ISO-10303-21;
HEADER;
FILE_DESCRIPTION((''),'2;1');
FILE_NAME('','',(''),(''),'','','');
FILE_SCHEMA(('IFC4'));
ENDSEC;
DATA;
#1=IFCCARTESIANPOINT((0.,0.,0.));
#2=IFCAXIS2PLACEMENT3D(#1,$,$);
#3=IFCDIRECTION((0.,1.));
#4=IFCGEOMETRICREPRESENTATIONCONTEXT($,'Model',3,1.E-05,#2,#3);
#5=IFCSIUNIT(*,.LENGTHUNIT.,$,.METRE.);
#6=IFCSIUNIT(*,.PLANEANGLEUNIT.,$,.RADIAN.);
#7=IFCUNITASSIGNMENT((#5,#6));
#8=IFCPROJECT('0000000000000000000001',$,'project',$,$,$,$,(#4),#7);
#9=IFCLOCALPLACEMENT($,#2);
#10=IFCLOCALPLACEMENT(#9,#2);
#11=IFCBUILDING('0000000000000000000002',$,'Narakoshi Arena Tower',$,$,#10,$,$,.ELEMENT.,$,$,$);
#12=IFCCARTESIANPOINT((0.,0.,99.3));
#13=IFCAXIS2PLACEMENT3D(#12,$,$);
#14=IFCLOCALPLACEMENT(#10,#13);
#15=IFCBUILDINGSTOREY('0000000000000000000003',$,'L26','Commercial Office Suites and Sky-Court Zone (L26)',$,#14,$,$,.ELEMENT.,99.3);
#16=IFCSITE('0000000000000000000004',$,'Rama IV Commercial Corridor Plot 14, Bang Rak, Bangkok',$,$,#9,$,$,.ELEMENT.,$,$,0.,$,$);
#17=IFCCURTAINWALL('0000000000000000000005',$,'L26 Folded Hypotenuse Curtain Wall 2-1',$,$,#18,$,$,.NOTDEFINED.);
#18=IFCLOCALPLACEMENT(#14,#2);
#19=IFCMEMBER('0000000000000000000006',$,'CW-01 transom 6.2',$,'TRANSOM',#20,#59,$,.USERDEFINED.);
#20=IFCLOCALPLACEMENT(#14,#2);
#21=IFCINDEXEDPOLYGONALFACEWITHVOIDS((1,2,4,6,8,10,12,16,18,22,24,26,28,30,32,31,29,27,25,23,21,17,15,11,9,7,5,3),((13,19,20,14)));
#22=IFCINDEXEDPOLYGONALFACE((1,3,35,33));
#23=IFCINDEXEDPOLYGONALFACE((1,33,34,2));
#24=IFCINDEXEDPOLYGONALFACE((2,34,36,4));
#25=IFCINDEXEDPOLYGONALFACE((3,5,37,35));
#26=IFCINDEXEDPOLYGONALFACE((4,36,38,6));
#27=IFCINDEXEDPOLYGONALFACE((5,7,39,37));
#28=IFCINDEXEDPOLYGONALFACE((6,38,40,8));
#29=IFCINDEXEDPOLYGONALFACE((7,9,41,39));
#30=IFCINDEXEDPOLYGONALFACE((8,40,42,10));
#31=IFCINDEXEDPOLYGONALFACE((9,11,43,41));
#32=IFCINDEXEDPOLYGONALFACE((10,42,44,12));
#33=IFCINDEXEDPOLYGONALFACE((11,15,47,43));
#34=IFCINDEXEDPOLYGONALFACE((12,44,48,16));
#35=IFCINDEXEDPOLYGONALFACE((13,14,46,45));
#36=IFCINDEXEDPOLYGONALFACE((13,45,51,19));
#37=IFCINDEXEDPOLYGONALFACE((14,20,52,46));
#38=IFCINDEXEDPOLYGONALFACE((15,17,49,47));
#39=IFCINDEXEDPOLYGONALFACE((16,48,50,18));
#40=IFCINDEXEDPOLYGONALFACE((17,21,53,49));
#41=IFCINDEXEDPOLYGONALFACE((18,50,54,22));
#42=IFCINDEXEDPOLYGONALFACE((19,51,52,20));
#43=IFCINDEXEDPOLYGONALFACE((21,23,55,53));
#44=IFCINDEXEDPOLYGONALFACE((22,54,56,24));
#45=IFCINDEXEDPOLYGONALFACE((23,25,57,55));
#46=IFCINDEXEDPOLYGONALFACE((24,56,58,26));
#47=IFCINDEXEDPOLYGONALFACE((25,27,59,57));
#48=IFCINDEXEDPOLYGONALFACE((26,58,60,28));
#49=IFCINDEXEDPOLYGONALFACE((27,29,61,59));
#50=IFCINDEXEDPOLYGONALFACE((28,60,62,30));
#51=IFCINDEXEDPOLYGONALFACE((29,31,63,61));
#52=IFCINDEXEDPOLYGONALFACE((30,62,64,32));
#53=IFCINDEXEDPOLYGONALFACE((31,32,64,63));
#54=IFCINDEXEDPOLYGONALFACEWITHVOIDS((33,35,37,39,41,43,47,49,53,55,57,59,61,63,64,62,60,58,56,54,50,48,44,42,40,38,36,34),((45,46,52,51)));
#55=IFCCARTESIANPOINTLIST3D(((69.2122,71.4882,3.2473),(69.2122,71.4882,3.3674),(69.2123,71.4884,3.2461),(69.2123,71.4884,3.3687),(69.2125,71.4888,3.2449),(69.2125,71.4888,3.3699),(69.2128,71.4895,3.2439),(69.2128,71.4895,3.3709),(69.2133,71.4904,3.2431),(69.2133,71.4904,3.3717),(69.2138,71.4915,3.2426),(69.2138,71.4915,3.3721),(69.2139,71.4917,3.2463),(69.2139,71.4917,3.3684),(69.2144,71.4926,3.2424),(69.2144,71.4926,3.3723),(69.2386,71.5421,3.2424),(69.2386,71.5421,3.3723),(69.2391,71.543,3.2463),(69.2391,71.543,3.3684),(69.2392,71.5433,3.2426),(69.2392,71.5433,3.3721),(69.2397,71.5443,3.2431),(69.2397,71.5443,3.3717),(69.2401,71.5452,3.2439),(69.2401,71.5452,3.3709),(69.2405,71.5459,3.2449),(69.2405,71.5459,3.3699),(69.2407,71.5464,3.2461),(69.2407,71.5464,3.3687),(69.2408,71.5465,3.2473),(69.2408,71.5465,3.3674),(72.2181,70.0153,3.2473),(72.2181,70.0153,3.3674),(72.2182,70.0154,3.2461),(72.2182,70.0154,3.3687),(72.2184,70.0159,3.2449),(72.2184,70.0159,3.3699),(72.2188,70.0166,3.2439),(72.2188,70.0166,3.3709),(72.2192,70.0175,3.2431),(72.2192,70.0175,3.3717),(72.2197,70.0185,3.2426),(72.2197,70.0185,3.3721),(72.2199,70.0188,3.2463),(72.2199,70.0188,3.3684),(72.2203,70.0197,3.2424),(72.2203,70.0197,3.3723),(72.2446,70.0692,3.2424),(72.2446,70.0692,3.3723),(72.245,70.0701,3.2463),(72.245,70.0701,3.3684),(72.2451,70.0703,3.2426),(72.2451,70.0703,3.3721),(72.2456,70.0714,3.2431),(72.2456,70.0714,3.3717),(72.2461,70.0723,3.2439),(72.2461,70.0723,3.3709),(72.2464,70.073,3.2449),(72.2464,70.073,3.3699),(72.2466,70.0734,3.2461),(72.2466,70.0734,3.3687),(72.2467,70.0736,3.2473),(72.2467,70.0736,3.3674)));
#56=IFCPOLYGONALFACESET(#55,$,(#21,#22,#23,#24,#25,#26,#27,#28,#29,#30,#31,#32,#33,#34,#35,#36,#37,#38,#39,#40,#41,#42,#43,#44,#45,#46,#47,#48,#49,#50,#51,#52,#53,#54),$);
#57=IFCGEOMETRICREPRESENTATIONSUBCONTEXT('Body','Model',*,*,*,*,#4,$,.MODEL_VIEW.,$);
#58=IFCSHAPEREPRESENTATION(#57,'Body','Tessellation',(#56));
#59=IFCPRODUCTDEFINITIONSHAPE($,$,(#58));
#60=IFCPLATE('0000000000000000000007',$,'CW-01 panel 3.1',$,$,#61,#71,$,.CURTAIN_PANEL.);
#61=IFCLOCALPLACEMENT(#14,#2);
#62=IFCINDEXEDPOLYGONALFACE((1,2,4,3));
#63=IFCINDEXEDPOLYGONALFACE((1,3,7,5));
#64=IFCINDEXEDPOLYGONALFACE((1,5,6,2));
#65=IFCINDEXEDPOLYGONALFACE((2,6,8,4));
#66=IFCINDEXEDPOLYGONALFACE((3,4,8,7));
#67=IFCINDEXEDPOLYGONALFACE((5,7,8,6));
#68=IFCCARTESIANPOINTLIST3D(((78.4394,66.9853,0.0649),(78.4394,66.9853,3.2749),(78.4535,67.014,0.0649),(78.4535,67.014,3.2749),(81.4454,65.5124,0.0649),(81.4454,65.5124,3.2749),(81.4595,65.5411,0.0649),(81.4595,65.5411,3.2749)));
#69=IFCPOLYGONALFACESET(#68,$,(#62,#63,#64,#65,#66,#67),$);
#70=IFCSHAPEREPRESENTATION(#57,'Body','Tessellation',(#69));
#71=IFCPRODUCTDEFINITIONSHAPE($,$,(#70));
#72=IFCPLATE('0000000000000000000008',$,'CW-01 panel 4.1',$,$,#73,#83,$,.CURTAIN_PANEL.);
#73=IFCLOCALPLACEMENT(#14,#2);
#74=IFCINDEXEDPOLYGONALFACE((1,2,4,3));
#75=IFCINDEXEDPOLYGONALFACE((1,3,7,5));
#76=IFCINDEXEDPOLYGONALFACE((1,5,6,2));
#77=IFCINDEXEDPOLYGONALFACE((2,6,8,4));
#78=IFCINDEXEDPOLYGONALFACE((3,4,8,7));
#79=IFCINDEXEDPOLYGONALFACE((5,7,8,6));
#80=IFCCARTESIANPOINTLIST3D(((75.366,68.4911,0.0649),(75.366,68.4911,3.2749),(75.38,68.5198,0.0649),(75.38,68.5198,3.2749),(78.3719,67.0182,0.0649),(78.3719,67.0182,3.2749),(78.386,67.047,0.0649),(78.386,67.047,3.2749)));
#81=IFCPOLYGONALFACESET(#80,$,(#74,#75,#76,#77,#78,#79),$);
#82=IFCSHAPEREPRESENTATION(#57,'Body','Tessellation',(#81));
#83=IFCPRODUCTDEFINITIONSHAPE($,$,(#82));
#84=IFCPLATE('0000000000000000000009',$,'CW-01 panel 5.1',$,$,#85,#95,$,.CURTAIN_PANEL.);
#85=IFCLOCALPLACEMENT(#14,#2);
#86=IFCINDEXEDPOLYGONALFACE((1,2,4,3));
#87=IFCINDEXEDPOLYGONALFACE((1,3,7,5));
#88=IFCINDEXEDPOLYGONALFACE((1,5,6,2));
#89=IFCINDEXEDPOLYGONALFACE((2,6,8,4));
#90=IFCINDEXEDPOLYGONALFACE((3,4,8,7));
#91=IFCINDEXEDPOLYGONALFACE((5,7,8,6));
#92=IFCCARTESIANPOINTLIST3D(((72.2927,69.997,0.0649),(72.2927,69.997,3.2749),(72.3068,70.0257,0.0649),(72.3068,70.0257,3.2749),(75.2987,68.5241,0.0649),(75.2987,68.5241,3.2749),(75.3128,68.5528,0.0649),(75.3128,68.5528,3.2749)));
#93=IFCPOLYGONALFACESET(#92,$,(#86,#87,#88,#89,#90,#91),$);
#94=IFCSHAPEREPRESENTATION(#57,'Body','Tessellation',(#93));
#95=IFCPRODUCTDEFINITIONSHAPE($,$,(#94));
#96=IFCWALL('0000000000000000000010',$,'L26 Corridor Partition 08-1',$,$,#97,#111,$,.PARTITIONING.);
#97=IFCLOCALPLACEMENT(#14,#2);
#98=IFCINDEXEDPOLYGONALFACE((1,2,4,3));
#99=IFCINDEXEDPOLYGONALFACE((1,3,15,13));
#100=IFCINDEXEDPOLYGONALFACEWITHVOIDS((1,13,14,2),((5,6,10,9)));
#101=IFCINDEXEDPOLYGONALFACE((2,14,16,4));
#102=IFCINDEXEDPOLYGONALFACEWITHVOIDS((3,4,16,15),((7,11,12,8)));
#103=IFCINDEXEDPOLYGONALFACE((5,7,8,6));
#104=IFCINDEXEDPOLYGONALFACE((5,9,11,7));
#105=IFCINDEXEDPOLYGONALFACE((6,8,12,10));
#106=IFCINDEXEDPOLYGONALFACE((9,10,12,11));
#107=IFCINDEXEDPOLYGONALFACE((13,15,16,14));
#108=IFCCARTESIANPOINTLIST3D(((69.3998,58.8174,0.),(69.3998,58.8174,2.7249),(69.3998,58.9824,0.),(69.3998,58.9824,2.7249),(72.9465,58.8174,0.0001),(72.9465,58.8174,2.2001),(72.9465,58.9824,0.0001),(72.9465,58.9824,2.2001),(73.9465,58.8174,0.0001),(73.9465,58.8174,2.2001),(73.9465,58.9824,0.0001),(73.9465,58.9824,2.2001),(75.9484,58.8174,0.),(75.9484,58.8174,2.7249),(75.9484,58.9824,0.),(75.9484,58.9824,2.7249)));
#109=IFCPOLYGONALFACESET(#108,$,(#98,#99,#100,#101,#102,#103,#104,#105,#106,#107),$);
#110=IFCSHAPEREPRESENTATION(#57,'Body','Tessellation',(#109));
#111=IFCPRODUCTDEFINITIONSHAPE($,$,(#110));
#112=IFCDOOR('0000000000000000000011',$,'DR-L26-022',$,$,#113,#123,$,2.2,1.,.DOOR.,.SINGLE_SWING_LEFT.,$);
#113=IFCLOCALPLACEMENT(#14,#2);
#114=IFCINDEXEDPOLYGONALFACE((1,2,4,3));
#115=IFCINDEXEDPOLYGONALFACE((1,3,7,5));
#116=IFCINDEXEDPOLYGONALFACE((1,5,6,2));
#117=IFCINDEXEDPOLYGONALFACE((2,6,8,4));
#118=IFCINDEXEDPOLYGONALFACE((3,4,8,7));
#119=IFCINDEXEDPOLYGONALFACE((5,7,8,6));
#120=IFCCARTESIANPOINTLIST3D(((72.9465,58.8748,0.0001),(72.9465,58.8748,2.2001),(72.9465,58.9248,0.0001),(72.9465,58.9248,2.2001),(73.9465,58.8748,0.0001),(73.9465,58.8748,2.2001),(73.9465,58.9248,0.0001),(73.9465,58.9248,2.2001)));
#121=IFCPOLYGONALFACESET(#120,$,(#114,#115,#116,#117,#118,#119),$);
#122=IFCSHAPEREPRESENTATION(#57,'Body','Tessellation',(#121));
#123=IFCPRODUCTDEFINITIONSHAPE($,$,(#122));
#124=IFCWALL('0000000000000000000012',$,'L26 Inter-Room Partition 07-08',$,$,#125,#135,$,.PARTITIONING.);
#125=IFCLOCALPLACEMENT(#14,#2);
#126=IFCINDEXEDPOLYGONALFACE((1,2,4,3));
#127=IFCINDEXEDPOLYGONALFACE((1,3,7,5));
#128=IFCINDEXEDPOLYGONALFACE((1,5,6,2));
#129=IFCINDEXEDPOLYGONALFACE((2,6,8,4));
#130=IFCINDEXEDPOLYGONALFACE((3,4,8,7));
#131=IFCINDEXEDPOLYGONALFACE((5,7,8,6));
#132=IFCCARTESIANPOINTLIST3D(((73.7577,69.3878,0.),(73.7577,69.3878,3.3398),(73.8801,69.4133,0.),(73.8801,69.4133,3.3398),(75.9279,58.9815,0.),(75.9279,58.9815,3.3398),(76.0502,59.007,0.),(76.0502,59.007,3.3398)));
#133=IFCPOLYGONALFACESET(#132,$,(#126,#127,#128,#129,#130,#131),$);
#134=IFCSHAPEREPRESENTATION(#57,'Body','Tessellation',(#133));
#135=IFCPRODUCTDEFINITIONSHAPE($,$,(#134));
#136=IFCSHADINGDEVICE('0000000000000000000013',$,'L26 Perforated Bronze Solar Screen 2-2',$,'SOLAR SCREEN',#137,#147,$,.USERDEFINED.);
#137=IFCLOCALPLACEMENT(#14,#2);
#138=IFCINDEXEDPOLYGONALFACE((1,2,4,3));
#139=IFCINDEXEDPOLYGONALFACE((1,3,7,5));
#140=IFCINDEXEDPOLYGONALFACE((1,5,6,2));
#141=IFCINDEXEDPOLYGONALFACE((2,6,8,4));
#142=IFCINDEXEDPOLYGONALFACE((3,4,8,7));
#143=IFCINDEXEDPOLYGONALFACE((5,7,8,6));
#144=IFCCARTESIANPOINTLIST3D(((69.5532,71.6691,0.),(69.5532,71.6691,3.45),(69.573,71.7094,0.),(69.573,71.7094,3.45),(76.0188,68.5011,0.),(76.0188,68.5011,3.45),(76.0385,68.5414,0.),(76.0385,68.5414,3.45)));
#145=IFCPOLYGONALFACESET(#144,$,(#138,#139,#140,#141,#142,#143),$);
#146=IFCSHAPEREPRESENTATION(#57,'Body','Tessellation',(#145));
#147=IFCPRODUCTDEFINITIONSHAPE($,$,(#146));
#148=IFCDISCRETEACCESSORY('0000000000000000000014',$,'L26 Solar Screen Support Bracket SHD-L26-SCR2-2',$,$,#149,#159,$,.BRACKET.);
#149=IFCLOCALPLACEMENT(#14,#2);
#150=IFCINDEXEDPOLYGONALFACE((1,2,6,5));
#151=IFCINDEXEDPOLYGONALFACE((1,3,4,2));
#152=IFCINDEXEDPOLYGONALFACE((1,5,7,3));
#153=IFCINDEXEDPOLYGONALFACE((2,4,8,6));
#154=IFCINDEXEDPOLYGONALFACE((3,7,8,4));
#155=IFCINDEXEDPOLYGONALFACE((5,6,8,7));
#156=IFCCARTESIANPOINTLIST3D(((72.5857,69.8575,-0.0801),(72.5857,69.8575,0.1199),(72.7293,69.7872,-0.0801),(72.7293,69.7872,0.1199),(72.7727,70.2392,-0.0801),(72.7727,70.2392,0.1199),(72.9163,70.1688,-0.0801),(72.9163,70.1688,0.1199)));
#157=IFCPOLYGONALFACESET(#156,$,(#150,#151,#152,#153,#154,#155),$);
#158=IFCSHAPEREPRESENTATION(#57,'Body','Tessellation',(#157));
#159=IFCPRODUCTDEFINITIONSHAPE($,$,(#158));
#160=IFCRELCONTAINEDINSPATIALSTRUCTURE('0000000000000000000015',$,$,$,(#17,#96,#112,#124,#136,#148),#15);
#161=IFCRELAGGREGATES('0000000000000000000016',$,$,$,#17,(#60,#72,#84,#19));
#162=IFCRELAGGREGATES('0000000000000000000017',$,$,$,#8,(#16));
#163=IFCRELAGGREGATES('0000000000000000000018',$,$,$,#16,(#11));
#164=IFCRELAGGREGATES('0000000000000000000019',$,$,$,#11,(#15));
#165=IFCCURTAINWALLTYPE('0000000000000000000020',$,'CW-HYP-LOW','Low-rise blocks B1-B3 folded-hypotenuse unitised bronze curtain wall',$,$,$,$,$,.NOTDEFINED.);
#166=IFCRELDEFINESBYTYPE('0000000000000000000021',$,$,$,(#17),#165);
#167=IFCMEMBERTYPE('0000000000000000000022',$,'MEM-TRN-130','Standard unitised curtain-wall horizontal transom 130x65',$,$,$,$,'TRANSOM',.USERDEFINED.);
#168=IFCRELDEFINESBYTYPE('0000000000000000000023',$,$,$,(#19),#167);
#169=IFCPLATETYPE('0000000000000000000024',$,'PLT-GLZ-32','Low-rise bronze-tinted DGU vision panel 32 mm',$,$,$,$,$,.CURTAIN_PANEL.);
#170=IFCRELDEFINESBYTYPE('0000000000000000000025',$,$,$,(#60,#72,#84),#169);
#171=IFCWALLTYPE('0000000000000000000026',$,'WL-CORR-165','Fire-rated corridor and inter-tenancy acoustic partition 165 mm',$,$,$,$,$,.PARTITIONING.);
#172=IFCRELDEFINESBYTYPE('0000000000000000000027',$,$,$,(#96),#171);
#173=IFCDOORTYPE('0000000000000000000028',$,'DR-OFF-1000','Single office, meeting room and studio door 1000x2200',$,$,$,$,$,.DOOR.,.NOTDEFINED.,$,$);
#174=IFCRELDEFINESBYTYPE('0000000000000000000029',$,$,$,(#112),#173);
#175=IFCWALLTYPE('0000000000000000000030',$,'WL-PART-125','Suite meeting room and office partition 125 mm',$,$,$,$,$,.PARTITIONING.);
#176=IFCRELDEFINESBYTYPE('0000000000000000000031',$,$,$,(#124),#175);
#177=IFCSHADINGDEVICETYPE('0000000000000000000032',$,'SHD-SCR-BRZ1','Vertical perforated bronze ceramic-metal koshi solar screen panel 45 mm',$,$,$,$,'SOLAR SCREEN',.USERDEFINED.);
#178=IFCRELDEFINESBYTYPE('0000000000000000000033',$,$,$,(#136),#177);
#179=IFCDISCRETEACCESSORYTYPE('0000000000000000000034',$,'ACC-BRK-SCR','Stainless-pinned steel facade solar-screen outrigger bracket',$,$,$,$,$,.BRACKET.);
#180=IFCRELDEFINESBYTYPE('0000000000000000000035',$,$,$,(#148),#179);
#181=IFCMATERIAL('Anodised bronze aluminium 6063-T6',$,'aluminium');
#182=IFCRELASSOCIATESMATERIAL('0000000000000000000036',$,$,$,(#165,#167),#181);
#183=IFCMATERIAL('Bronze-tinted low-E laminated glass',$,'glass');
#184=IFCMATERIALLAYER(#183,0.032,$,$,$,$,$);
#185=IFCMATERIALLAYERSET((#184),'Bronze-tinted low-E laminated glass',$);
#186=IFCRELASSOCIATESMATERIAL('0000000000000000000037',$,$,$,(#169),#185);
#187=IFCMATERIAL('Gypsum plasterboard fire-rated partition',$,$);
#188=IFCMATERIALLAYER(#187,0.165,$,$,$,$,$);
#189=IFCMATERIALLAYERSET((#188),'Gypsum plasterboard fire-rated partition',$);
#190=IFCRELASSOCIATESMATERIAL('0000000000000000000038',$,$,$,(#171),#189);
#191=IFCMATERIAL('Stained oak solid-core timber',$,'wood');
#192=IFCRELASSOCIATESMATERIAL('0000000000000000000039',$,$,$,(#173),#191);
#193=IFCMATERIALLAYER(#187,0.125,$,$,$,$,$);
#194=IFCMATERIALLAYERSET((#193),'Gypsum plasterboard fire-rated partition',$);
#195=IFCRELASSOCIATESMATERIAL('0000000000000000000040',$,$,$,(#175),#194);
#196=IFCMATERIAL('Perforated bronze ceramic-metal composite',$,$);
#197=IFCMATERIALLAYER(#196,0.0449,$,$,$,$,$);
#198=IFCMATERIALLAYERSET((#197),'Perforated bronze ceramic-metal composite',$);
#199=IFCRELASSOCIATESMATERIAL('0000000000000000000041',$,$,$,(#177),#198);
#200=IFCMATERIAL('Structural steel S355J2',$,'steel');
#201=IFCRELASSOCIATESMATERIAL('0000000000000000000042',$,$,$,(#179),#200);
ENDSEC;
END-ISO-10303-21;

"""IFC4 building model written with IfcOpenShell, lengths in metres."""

from ifc_helpers import new_model, si_unit, direction, frame, frame_2d, origin, origin_2d, place, context, subcontext, project, spatial, rectangle, hollow_rectangle, extrude, material, layer, layer_set, material_profile, profile_set, type_object, element, fill, aggregate, save


model = new_model("IFC4")

# Units and contexts
model_context = context("Model", 3, precision=1e-05, world=origin(), true_north=direction((0.0, 1.0)))
body_context = subcontext(model_context, "Body", "Model", "MODEL_VIEW")
ifc_project = project(units=[si_unit("LENGTHUNIT", "METRE"), si_unit("PLANEANGLEUNIT", "RADIAN")], contexts=[model_context])

# Site, building, storey
site_placement = place(None, origin())
site = spatial("IfcSite", under=ifc_project, at=site_placement, Name="Rama IV Commercial Corridor Plot 14, Bang Rak, Bangkok", CompositionType="ELEMENT", RefElevation=0.0)
building_placement = place(site_placement, origin())
building = spatial("IfcBuilding", under=site, at=building_placement, Name="Narakoshi Arena Tower", CompositionType="ELEMENT")
storey_placement = place(building_placement, frame((0.0, 0.0, 99.3)))
storey = spatial("IfcBuildingStorey", under=building, at=storey_placement, Name="L26", Description="Commercial Office Suites and Sky-Court Zone (L26)", CompositionType="ELEMENT", Elevation=99.3)

# Curtain wall, member, plates
ifc_material_1 = material(Name="Anodised bronze aluminium 6063-T6", Category="aluminium")
curtain_wall_type = type_object("IfcCurtainWallType", Name="CW-HYP-LOW", Description="Low-rise blocks B1-B3 folded-hypotenuse unitised bronze curtain wall", PredefinedType="NOTDEFINED", material=ifc_material_1)
curtain_wall_placement = place(storey_placement, origin())
curtain_wall = element("IfcCurtainWall", 1, at=curtain_wall_placement, inside=storey, type_object=curtain_wall_type, Name="L26 Folded Hypotenuse Curtain Wall 2-1", PredefinedType="NOTDEFINED")
ifc_material_profile_1 = material_profile(ifc_material_1, hollow_rectangle(XDim=0.0649, YDim=0.1299, WallThickness=0.0039, OuterFilletRadius=0.0049, at=origin_2d()), Name="TRN130x65x4")
ifc_profile_set_1 = profile_set([ifc_material_profile_1], Name="Anodised bronze aluminium 6063-T6")
member_type_1 = type_object("IfcMemberType", Name="MEM-TRN-130", Description="Standard unitised curtain-wall horizontal transom 130x65", ElementType="TRANSOM", PredefinedType="USERDEFINED", material=ifc_profile_set_1)
member_1_placement = place(storey_placement, frame((72.2324, 70.0444, 3.3074), z_axis=(-0.897987, 0.440022, 0.0), x_axis=(-0.440022, -0.897987, 0.0)))
member_1 = element("IfcMember", 2, at=member_1_placement, type_object=member_type_1, Name="CW-01 transom 6.2", ObjectType="TRANSOM", PredefinedType="USERDEFINED", context=body_context, shape_type="SweptSolid", body=[
    extrude(hollow_rectangle(XDim=0.0649, YDim=0.1299, WallThickness=0.0039, OuterFilletRadius=0.0049, at=origin_2d()), origin(), (0.0, 0.0, 1.0), 3.3474),
])
ifc_material_2 = material(Name="Bronze-tinted low-E laminated glass", Category="glass")
ifc_layer_1 = layer(ifc_material_2, 0.032)
ifc_layer_set_1 = layer_set([ifc_layer_1], Name="Bronze-tinted low-E laminated glass")
plate_type = type_object("IfcPlateType", Name="PLT-GLZ-32", Description="Low-rise bronze-tinted DGU vision panel 32 mm", PredefinedType="CURTAIN_PANEL", material=ifc_layer_set_1)
plate_1_placement = place(storey_placement, frame((79.9495, 66.2632, 0.0649), z_axis=(0.0, 0.0, 1.0), x_axis=(-0.897996, 0.440005, 0.0)))
plate_1 = element("IfcPlate", 3, at=plate_1_placement, type_object=plate_type, Name="CW-01 panel 3.1", PredefinedType="CURTAIN_PANEL", context=body_context, shape_type="SweptSolid", body=[
    extrude(rectangle(XDim=3.3474, YDim=0.032, at=origin_2d()), origin(), (0.0, 0.0, 1.0), 3.21),
])
plate_2_placement = place(storey_placement, frame((76.876, 67.769, 0.0649), z_axis=(0.0, 0.0, 1.0), x_axis=(-0.897996, 0.440005, 0.0)))
plate_2 = element("IfcPlate", 4, at=plate_2_placement, type_object=plate_type, Name="CW-01 panel 4.1", PredefinedType="CURTAIN_PANEL", context=body_context, shape_type="SweptSolid", body=[
    extrude(rectangle(XDim=3.3474, YDim=0.032, at=origin_2d()), origin(), (0.0, 0.0, 1.0), 3.21),
])
plate_3_placement = place(storey_placement, frame((73.8027, 69.2749, 0.0649), z_axis=(0.0, 0.0, 1.0), x_axis=(-0.897996, 0.440005, 0.0)))
plate_3 = element("IfcPlate", 5, at=plate_3_placement, type_object=plate_type, Name="CW-01 panel 5.1", PredefinedType="CURTAIN_PANEL", context=body_context, shape_type="SweptSolid", body=[
    extrude(rectangle(XDim=3.3474, YDim=0.032, at=origin_2d()), origin(), (0.0, 0.0, 1.0), 3.21),
])
aggregate(curtain_wall, [plate_1, plate_2, plate_3, member_1])

# Wall, opening, door
ifc_material_3 = material(Name="Gypsum plasterboard fire-rated partition")
ifc_layer_2 = layer(ifc_material_3, 0.165)
ifc_layer_set_2 = layer_set([ifc_layer_2], Name="Gypsum plasterboard fire-rated partition")
wall_type_1 = type_object("IfcWallType", Name="WL-CORR-165", Description="Fire-rated corridor and inter-tenancy acoustic partition 165 mm", PredefinedType="PARTITIONING", material=ifc_layer_set_2)
wall_1_placement = place(storey_placement, frame((75.9485, 58.8999, 0.0), z_axis=(0.0, 0.0, 1.0), x_axis=(-1.0, 0.0, 0.0)))
wall_1 = element("IfcWall", 6, at=wall_1_placement, inside=storey, type_object=wall_type_1, Name="L26 Corridor Partition 08-1", PredefinedType="PARTITIONING", context=body_context, shape_type="SweptSolid", body=[
    extrude(rectangle(XDim=6.5486, YDim=0.165, at=frame_2d((3.2744, 0.0))), origin(), (0.0, 0.0, 1.0), 2.7249),
])
opening_placement = place(wall_1_placement, frame((2.002, 0.0, 0.0)))
opening = element("IfcOpeningElement", 7, at=opening_placement, cuts=wall_1, PredefinedType="OPENING", context=body_context, shape_type="SweptSolid", body=[
    extrude(rectangle(XDim=1.0, YDim=2.2, at=frame_2d((0.5, 1.1001))), frame((0.0, 0.0925, 0.0), z_axis=(0.0, -1.0, 0.0), x_axis=(1.0, 0.0, 0.0)), (0.0, 0.0, 1.0), 0.1851),
])
ifc_material_4 = material(Name="Stained oak solid-core timber", Category="wood")
door_type = type_object("IfcDoorType", Name="DR-OFF-1000", Description="Single office, meeting room and studio door 1000x2200", OperationType="NOTDEFINED", PredefinedType="DOOR", material=ifc_material_4)
door_placement = place(opening_placement, frame((1.0, 0.0, 0.0), z_axis=(0.0, 0.0, 1.0), x_axis=(-1.0, 0.0, 0.0)))
door = element("IfcDoor", 8, at=door_placement, inside=storey, type_object=door_type, Name="DR-L26-022", OperationType="SINGLE_SWING_LEFT", OverallHeight=2.2, OverallWidth=1.0, PredefinedType="DOOR", context=body_context, shape_type="SweptSolid", body=[
    extrude(rectangle(XDim=1.0, YDim=2.2, at=frame_2d((0.5, 1.1001))), frame((0.0, 0.0249, 0.0), z_axis=(0.0, -1.0, 0.0), x_axis=(1.0, 0.0, 0.0)), (0.0, 0.0, 1.0), 0.05),
])
fill(opening, door)

# Wall
ifc_layer_3 = layer(ifc_material_3, 0.125)
ifc_layer_set_3 = layer_set([ifc_layer_3], Name="Gypsum plasterboard fire-rated partition")
wall_type_2 = type_object("IfcWallType", Name="WL-PART-125", Description="Suite meeting room and office partition 125 mm", PredefinedType="PARTITIONING", material=ifc_layer_set_3)
wall_2_placement = place(storey_placement, frame((75.989, 58.9944, 0.0), z_axis=(0.0, 0.0, 1.0), x_axis=(-0.204152, 0.978939, 0.0)))
element("IfcWall", 9, at=wall_2_placement, inside=storey, type_object=wall_type_2, Name="L26 Inter-Room Partition 07-08", PredefinedType="PARTITIONING", context=body_context, shape_type="SweptSolid", body=[
    extrude(rectangle(XDim=10.6301, YDim=0.125, at=frame_2d((5.3149, 0.0))), origin(), (0.0, 0.0, 1.0), 3.3398),
])

# Shading device
ifc_material_5 = material(Name="Perforated bronze ceramic-metal composite")
ifc_layer_4 = layer(ifc_material_5, 0.0449)
ifc_layer_set_4 = layer_set([ifc_layer_4], Name="Perforated bronze ceramic-metal composite")
shading_device_type = type_object("IfcShadingDeviceType", Name="SHD-SCR-BRZ1", Description="Vertical perforated bronze ceramic-metal koshi solar screen panel 45 mm", ElementType="SOLAR SCREEN", PredefinedType="USERDEFINED", material=ifc_layer_set_4)
shading_device_placement = place(storey_placement, frame((72.7959, 70.1052, 0.0), z_axis=(0.0, 0.0, 1.0), x_axis=(-0.897997, 0.440002, 0.0)))
element("IfcShadingDevice", 10, at=shading_device_placement, inside=storey, type_object=shading_device_type, Name="L26 Perforated Bronze Solar Screen 2-2", ObjectType="SOLAR SCREEN", PredefinedType="USERDEFINED", context=body_context, shape_type="SweptSolid", body=[
    extrude(rectangle(XDim=7.2, YDim=0.0449, at=origin_2d()), origin(), (0.0, 0.0, 1.0), 3.45),
])

# Discrete accessory
ifc_material_6 = material(Name="Structural steel S355J2", Category="steel")
discrete_accessory_type = type_object("IfcDiscreteAccessoryType", Name="ACC-BRK-SCR", Description="Stainless-pinned steel facade solar-screen outrigger bracket", PredefinedType="BRACKET", material=ifc_material_6)
discrete_accessory_placement = place(storey_placement, frame((72.751, 70.0132, -0.0801), z_axis=(0.0, 0.0, 1.0), x_axis=(-0.897997, 0.440002, 0.0)))
element("IfcDiscreteAccessory", 11, at=discrete_accessory_placement, inside=storey, type_object=discrete_accessory_type, Name="L26 Solar Screen Support Bracket SHD-L26-SCR2-2", PredefinedType="BRACKET", context=body_context, shape_type="SweptSolid", body=[
    extrude(rectangle(XDim=0.1599, YDim=0.425, at=origin_2d()), origin(), (0.0, 0.0, 1.0), 0.2),
])

save(model, "model.ifc")
